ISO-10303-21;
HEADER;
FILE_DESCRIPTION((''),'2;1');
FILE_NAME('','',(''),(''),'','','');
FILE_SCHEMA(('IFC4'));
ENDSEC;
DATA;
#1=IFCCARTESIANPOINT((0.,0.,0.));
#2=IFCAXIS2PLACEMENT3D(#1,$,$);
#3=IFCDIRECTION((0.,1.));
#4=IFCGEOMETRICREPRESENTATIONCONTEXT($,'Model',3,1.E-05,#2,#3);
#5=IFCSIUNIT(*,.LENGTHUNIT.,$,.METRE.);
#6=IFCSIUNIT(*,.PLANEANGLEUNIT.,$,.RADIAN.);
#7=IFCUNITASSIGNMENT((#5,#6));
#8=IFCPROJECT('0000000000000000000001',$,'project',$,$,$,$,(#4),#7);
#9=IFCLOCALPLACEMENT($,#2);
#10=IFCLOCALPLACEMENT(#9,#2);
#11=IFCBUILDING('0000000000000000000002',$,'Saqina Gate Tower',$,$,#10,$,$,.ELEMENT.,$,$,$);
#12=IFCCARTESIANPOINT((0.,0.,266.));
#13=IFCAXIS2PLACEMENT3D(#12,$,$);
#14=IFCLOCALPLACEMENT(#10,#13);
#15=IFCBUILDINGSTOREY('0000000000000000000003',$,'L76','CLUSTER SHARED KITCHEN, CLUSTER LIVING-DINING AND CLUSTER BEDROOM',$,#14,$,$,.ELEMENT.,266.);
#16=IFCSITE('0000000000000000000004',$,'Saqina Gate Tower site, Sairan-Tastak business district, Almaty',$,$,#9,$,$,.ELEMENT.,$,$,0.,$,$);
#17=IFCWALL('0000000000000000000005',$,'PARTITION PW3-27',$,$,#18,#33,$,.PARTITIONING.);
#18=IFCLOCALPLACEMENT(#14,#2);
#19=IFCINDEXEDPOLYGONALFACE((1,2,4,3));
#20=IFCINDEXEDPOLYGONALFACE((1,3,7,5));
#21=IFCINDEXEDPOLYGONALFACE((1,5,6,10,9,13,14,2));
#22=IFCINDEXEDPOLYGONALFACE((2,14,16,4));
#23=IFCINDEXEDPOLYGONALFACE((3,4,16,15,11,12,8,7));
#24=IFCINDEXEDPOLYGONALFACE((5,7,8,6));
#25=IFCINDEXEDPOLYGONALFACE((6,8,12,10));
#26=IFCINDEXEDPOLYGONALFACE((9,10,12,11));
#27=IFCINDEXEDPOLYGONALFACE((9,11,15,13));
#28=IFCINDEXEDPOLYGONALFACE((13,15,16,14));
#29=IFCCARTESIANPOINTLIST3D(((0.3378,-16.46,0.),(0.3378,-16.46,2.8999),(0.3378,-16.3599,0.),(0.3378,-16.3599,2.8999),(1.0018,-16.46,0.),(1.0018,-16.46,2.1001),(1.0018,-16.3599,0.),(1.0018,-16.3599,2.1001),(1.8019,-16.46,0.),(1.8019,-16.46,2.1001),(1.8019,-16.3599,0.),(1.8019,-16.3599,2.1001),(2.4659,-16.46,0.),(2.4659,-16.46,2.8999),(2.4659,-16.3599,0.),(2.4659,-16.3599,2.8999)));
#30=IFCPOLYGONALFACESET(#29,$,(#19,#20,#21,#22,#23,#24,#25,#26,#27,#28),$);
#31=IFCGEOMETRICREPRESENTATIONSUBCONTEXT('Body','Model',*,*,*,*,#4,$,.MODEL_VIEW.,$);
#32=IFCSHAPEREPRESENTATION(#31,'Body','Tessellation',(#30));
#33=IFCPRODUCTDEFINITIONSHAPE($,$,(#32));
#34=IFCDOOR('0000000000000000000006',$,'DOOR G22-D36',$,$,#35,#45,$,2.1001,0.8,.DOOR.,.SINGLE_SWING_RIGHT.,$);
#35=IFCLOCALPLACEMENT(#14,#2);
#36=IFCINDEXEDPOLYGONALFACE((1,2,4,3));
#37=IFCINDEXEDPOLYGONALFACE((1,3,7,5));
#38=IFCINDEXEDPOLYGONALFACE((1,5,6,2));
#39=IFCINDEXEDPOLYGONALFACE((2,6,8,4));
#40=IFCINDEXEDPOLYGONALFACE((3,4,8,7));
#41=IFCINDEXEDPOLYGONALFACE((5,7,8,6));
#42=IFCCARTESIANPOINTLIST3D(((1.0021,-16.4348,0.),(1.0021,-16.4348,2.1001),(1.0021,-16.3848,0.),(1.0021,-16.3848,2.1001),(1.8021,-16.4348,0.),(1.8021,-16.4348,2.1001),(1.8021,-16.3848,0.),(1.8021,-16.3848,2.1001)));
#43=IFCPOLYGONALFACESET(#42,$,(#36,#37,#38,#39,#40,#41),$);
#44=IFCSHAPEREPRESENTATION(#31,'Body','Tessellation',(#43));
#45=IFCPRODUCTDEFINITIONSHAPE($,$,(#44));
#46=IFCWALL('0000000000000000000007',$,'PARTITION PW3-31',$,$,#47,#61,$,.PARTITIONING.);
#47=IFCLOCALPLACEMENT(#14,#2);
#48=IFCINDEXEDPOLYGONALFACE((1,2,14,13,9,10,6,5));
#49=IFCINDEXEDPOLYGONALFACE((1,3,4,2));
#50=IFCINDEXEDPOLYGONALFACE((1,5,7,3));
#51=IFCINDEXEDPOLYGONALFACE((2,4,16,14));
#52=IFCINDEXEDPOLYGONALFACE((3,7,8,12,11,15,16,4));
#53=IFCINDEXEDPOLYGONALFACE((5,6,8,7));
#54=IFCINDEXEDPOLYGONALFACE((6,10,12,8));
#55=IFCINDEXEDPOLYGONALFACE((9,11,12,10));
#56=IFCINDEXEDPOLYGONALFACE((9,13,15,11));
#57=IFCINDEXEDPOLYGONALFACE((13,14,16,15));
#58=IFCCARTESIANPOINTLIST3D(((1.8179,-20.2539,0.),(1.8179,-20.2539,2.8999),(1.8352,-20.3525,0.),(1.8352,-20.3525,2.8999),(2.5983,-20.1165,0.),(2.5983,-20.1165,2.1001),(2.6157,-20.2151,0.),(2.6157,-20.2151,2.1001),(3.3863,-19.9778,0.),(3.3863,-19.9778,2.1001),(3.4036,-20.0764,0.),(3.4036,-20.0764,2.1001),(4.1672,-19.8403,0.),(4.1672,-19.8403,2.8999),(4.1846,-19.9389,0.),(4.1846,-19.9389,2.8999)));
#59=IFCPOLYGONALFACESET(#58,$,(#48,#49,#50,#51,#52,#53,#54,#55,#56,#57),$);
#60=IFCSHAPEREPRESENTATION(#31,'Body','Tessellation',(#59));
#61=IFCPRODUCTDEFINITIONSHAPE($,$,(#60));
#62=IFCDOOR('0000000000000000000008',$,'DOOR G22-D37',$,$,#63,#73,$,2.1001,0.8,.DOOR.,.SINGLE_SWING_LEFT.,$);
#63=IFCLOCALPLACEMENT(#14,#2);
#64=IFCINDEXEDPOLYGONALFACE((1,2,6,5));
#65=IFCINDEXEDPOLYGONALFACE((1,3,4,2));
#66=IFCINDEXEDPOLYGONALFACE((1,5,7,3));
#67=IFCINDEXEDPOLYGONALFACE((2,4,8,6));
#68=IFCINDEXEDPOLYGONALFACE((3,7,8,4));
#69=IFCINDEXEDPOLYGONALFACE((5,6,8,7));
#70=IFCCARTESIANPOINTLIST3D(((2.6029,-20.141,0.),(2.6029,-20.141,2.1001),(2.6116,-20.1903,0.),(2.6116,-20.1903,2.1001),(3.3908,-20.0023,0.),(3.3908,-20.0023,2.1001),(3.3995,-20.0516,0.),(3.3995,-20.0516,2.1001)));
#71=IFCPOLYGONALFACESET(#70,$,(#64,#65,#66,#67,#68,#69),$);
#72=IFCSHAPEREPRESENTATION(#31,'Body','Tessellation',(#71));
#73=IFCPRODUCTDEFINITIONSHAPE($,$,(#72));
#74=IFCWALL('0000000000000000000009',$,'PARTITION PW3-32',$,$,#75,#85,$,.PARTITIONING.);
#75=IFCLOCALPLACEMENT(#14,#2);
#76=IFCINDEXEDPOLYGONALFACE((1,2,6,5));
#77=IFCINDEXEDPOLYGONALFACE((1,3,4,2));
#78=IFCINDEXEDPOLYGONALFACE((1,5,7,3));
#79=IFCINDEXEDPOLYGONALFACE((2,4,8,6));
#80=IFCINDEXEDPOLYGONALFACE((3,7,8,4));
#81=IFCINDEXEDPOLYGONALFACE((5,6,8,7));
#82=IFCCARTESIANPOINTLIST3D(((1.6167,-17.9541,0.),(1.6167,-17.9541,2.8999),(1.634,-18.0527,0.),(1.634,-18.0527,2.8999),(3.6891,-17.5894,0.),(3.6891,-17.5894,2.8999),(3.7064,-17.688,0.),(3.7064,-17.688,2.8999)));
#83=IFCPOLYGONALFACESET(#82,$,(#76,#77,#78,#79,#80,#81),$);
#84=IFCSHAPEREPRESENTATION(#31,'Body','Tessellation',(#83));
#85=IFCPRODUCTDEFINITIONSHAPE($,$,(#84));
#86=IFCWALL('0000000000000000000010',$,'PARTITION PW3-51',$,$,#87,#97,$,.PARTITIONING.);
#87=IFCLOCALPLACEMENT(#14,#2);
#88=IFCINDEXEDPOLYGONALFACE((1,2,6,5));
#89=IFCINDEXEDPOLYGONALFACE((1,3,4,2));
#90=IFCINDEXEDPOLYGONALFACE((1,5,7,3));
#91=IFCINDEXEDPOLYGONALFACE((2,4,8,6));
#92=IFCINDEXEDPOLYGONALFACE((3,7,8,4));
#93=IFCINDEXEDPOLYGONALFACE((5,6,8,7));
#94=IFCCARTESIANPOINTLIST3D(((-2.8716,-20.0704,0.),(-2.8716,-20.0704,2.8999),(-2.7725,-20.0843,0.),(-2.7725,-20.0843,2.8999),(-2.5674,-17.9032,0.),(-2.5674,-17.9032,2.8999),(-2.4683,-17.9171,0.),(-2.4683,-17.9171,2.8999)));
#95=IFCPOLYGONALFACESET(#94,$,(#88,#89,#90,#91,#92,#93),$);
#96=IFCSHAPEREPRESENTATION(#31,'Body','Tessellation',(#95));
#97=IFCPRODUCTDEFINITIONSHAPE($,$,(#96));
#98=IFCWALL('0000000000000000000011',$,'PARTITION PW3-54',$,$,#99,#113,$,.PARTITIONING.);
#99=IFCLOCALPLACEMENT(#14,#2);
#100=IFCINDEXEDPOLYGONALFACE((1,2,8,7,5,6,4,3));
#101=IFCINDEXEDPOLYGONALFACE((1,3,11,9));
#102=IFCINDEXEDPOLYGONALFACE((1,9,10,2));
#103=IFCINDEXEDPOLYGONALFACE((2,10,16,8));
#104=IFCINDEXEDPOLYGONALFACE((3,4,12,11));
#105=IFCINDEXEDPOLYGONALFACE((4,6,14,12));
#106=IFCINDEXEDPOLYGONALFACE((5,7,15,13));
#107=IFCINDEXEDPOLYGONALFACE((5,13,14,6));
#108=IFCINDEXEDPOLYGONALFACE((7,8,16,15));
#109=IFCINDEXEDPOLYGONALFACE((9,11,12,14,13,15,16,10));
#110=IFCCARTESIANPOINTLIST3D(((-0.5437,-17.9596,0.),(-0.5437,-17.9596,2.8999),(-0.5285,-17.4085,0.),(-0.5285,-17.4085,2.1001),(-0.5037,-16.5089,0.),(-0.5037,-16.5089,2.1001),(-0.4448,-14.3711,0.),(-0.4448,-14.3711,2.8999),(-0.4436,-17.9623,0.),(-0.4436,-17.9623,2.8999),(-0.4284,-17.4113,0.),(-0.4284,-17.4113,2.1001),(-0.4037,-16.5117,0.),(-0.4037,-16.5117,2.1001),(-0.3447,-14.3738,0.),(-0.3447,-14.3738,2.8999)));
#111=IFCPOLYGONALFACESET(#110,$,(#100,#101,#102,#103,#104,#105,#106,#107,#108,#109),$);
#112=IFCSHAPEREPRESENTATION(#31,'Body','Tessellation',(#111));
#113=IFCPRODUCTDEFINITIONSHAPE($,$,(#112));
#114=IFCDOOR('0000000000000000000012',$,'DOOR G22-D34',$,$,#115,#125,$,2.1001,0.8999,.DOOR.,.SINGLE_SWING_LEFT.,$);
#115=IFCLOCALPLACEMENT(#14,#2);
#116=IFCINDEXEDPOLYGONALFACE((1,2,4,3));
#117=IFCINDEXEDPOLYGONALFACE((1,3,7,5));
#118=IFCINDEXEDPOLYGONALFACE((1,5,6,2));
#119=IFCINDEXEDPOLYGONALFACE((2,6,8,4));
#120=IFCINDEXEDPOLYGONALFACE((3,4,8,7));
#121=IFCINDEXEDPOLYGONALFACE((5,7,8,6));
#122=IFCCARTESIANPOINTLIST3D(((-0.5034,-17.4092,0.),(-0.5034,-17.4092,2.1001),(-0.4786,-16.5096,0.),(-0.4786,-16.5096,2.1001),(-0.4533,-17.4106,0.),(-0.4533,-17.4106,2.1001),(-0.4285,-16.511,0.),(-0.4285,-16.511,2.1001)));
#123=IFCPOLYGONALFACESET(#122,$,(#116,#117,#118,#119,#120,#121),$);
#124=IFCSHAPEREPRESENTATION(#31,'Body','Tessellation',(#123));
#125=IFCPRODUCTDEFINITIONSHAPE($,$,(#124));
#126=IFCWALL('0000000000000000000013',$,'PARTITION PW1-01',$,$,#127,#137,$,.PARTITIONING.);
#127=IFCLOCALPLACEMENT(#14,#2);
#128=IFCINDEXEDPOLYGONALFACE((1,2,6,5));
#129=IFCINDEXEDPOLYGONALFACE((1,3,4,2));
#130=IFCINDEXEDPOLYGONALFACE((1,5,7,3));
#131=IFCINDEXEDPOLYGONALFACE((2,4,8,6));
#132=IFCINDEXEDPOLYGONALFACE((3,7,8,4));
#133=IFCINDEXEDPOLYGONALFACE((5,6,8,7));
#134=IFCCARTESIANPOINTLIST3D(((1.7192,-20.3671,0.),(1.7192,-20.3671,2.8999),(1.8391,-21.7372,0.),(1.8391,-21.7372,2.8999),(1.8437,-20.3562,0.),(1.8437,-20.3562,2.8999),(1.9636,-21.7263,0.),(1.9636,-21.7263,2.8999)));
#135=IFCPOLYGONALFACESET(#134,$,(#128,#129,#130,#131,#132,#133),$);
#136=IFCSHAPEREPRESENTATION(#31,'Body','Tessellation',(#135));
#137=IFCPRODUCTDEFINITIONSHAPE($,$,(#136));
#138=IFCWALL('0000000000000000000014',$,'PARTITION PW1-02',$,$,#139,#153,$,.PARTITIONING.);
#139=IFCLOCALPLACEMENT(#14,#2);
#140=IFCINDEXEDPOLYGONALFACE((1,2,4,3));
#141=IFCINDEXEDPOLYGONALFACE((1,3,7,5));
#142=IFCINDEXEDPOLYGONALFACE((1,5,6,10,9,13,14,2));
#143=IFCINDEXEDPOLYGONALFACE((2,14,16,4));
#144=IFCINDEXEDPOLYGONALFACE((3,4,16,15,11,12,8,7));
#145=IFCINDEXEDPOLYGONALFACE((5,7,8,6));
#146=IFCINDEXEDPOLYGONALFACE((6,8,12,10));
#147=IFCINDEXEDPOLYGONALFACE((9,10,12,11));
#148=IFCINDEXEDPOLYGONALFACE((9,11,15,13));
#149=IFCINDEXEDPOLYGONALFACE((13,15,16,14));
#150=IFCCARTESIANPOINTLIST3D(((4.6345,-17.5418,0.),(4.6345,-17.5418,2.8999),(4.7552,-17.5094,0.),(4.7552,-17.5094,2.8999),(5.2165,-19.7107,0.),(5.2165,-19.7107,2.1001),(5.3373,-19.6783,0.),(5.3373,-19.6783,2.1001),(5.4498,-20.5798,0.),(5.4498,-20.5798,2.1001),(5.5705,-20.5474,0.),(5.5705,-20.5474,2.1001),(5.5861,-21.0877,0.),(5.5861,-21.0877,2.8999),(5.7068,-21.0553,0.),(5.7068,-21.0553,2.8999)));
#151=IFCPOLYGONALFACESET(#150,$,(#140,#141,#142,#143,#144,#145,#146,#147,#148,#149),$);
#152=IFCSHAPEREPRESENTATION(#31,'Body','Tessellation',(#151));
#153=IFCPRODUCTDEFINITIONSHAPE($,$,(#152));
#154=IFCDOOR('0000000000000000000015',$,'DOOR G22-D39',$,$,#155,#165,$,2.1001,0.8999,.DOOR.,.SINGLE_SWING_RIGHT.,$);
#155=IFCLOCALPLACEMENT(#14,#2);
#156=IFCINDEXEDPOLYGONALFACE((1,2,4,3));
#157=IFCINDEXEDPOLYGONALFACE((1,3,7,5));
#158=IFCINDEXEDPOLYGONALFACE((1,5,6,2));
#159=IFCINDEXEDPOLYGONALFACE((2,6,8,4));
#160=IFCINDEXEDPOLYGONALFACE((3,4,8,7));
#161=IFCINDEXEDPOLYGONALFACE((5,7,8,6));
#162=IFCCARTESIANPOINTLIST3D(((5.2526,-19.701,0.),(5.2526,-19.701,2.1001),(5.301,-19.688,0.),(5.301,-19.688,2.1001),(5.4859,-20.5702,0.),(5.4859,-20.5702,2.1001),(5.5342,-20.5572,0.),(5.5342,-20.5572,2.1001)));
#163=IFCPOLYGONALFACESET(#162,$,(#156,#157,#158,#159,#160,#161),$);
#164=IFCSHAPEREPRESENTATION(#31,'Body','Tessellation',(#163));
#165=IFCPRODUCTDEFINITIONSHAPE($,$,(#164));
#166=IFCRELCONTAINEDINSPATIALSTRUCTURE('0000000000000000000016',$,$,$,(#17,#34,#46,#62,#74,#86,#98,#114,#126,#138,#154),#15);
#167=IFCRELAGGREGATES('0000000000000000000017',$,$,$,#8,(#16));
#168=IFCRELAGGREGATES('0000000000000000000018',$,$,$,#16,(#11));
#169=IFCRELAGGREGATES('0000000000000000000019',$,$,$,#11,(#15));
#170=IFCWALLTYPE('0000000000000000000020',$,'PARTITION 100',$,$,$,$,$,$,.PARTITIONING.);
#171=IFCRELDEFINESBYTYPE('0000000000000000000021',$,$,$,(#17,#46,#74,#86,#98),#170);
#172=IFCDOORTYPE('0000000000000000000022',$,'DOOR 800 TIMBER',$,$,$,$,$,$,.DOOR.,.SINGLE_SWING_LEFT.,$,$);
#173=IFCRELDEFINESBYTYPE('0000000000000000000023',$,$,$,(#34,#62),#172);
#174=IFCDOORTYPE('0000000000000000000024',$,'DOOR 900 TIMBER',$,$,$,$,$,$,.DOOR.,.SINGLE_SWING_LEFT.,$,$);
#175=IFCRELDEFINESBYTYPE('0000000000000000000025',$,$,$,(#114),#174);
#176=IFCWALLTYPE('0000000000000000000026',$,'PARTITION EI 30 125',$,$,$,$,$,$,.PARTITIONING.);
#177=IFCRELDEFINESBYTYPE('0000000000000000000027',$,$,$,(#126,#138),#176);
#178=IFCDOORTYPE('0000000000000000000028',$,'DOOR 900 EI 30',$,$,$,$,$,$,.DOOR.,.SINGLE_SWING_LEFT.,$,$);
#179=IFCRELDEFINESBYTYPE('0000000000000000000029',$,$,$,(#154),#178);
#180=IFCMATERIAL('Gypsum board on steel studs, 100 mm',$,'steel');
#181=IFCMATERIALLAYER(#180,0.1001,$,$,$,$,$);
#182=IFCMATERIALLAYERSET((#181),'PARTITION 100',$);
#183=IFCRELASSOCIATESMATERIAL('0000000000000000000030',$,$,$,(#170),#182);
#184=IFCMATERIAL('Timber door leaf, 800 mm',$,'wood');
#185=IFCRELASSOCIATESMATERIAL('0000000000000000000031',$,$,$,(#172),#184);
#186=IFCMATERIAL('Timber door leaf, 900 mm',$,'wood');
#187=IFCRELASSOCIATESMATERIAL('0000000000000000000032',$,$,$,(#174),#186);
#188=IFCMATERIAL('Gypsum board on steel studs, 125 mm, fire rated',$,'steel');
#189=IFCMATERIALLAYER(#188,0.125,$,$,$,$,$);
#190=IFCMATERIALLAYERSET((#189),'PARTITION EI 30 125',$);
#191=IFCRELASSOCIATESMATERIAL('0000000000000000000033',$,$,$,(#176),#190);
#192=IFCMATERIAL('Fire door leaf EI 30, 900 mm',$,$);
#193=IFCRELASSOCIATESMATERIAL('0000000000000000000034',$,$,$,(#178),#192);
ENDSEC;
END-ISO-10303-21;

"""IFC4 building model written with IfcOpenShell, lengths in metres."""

from ifc_helpers import new_model, si_unit, direction, frame, frame_2d, origin, place, context, subcontext, project, spatial, rectangle, extrude, material, layer, layer_set, type_object, element, fill, save


model = new_model("IFC4")

# Units and contexts
model_context = context("Model", 3, precision=1e-05, world=origin(), true_north=direction((0.0, 1.0)))
body_context = subcontext(model_context, "Body", "Model", "MODEL_VIEW")
ifc_project = project(units=[si_unit("LENGTHUNIT", "METRE"), si_unit("PLANEANGLEUNIT", "RADIAN")], contexts=[model_context])

# Site, building, storey
site_placement = place(None, origin())
site = spatial("IfcSite", under=ifc_project, at=site_placement, Name="Saqina Gate Tower site, Sairan-Tastak business district, Almaty", CompositionType="ELEMENT", RefElevation=0.0)
building_placement = place(site_placement, origin())
building = spatial("IfcBuilding", under=site, at=building_placement, Name="Saqina Gate Tower", CompositionType="ELEMENT")
storey_placement = place(building_placement, frame((0.0, 0.0, 266.0)))
storey = spatial("IfcBuildingStorey", under=building, at=storey_placement, Name="L76", Description="CLUSTER SHARED KITCHEN, CLUSTER LIVING-DINING AND CLUSTER BEDROOM", CompositionType="ELEMENT", Elevation=266.0)

# Shared definitions
ifc_material_1 = material(Name="Gypsum board on steel studs, 100 mm", Category="steel")
ifc_layer_1 = layer(ifc_material_1, 0.1001)
ifc_layer_set_1 = layer_set([ifc_layer_1], Name="PARTITION 100")
wall_type_1 = type_object("IfcWallType", Name="PARTITION 100", PredefinedType="PARTITIONING", material=ifc_layer_set_1)

# Walls, openings, doors
wall_1_placement = place(storey_placement, frame((0.3379, -16.4099, 0.0), z_axis=(0.0, 0.0, 1.0), x_axis=(1.0, 0.0, 0.0)))
wall_1 = element("IfcWall", 1, at=wall_1_placement, inside=storey, type_object=wall_type_1, Name="PARTITION PW3-27", PredefinedType="PARTITIONING", context=body_context, shape_type="SweptSolid", body=[
    extrude(rectangle(XDim=2.1282, YDim=0.1001, at=frame_2d((1.064, 0.0))), origin(), (0.0, 0.0, 1.0), 2.8999),
])
opening_1_placement = place(wall_1_placement, frame((0.6641, 0.0, 0.0)))
opening_1 = element("IfcOpeningElement", 2, at=opening_1_placement, cuts=wall_1, PredefinedType="OPENING", context=body_context, shape_type="SweptSolid", body=[
    extrude(rectangle(XDim=0.8, YDim=2.1001, at=frame_2d((0.3999, 1.05))), frame((0.0, 0.062, 0.0), z_axis=(0.0, -1.0, 0.0), x_axis=(1.0, 0.0, 0.0)), (0.0, 0.0, 1.0), 0.124),
])
ifc_material_2 = material(Name="Timber door leaf, 800 mm", Category="wood")
door_type_1 = type_object("IfcDoorType", Name="DOOR 800 TIMBER", OperationType="SINGLE_SWING_LEFT", PredefinedType="DOOR", material=ifc_material_2)
door_1_placement = place(opening_1_placement, frame((0.8, 0.0, 0.0), z_axis=(0.0, 0.0, 1.0), x_axis=(-1.0, 0.0, 0.0)))
door_1 = element("IfcDoor", 3, at=door_1_placement, inside=storey, type_object=door_type_1, Name="DOOR G22-D36", OperationType="SINGLE_SWING_RIGHT", OverallHeight=2.1001, OverallWidth=0.8, PredefinedType="DOOR", context=body_context, shape_type="SweptSolid", body=[
    extrude(rectangle(XDim=0.8, YDim=2.1001, at=frame_2d((0.3999, 1.05))), frame((0.0, 0.0249, 0.0), z_axis=(0.0, -1.0, 0.0), x_axis=(1.0, 0.0, 0.0)), (0.0, 0.0, 1.0), 0.05),
])
fill(opening_1, door_1)
wall_2_placement = place(storey_placement, frame((1.8264, -20.3032, 0.0), z_axis=(0.0, 0.0, 1.0), x_axis=(0.984857, 0.173371, 0.0)))
wall_2 = element("IfcWall", 4, at=wall_2_placement, inside=storey, type_object=wall_type_1, Name="PARTITION PW3-31", PredefinedType="PARTITIONING", context=body_context, shape_type="SweptSolid", body=[
    extrude(rectangle(XDim=2.3855, YDim=0.1001, at=frame_2d((1.1929, 0.0))), origin(), (0.0, 0.0, 1.0), 2.8999),
])
opening_2_placement = place(wall_2_placement, frame((0.7927, 0.0, 0.0)))
opening_2 = element("IfcOpeningElement", 5, at=opening_2_placement, cuts=wall_2, PredefinedType="OPENING", context=body_context, shape_type="SweptSolid", body=[
    extrude(rectangle(XDim=0.8, YDim=2.1001, at=frame_2d((0.3999, 1.05))), frame((0.0, 0.062, 0.0), z_axis=(0.0, -1.0, 0.0), x_axis=(1.0, 0.0, 0.0)), (0.0, 0.0, 1.0), 0.124),
])
door_2_placement = place(opening_2_placement, frame((0.8, 0.0, 0.0), z_axis=(0.0, 0.0, 1.0), x_axis=(-1.0, 0.0, 0.0)))
door_2 = element("IfcDoor", 6, at=door_2_placement, inside=storey, type_object=door_type_1, Name="DOOR G22-D37", OperationType="SINGLE_SWING_LEFT", OverallHeight=2.1001, OverallWidth=0.8, PredefinedType="DOOR", context=body_context, shape_type="SweptSolid", body=[
    extrude(rectangle(XDim=0.8, YDim=2.1001, at=frame_2d((0.3999, 1.05))), frame((0.0, 0.0249, 0.0), z_axis=(0.0, -1.0, 0.0), x_axis=(1.0, 0.0, 0.0)), (0.0, 0.0, 1.0), 0.05),
])
fill(opening_2, door_2)

# Walls
wall_3_placement = place(storey_placement, frame((1.6252, -18.0034, 0.0), z_axis=(0.0, 0.0, 1.0), x_axis=(0.984864, 0.173329, 0.0)))
element("IfcWall", 7, at=wall_3_placement, inside=storey, type_object=wall_type_1, Name="PARTITION PW3-32", PredefinedType="PARTITIONING", context=body_context, shape_type="SweptSolid", body=[
    extrude(rectangle(XDim=2.1042, YDim=0.1001, at=frame_2d((1.0522, 0.0))), origin(), (0.0, 0.0, 1.0), 2.8999),
])
wall_4_placement = place(storey_placement, frame((-2.822, -20.0774, 0.0), z_axis=(0.0, 0.0, 1.0), x_axis=(0.139, 0.990292, 0.0)))
element("IfcWall", 8, at=wall_4_placement, inside=storey, type_object=wall_type_1, Name="PARTITION PW3-51", PredefinedType="PARTITIONING", context=body_context, shape_type="SweptSolid", body=[
    extrude(rectangle(XDim=2.1885, YDim=0.1001, at=frame_2d((1.0942, 0.0))), origin(), (0.0, 0.0, 1.0), 2.8999),
])

# Wall, opening, door
wall_5_placement = place(storey_placement, frame((-0.4937, -17.9609, 0.0), z_axis=(0.0, 0.0, 1.0), x_axis=(0.027544, 0.999621, 0.0)))
wall_5 = element("IfcWall", 9, at=wall_5_placement, inside=storey, type_object=wall_type_1, Name="PARTITION PW3-54", PredefinedType="PARTITIONING", context=body_context, shape_type="SweptSolid", body=[
    extrude(rectangle(XDim=3.5898, YDim=0.1001, at=frame_2d((1.7949, 0.0))), origin(), (0.0, 0.0, 1.0), 2.8999),
])
opening_3_placement = place(wall_5_placement, frame((0.5513, 0.0, 0.0)))
opening_3 = element("IfcOpeningElement", 10, at=opening_3_placement, cuts=wall_5, PredefinedType="OPENING", context=body_context, shape_type="SweptSolid", body=[
    extrude(rectangle(XDim=0.8999, YDim=2.1001, at=frame_2d((0.45, 1.05))), frame((0.0, 0.062, 0.0), z_axis=(0.0, -1.0, 0.0), x_axis=(1.0, 0.0, 0.0)), (0.0, 0.0, 1.0), 0.124),
])
ifc_material_3 = material(Name="Timber door leaf, 900 mm", Category="wood")
door_type_2 = type_object("IfcDoorType", Name="DOOR 900 TIMBER", OperationType="SINGLE_SWING_LEFT", PredefinedType="DOOR", material=ifc_material_3)
door_3_placement = place(opening_3_placement, origin())
door_3 = element("IfcDoor", 11, at=door_3_placement, inside=storey, type_object=door_type_2, Name="DOOR G22-D34", OperationType="SINGLE_SWING_LEFT", OverallHeight=2.1001, OverallWidth=0.8999, PredefinedType="DOOR", context=body_context, shape_type="SweptSolid", body=[
    extrude(rectangle(XDim=0.8999, YDim=2.1001, at=frame_2d((0.45, 1.05))), frame((0.0, 0.0249, 0.0), z_axis=(0.0, -1.0, 0.0), x_axis=(1.0, 0.0, 0.0)), (0.0, 0.0, 1.0), 0.05),
])
fill(opening_3, door_3)

# Wall
ifc_material_4 = material(Name="Gypsum board on steel studs, 125 mm, fire rated", Category="steel")
ifc_layer_2 = layer(ifc_material_4, 0.125)
ifc_layer_set_2 = layer_set([ifc_layer_2], Name="PARTITION EI 30 125")
wall_type_2 = type_object("IfcWallType", Name="PARTITION EI 30 125", PredefinedType="PARTITIONING", material=ifc_layer_set_2)
wall_6_placement = place(storey_placement, frame((1.7815, -20.3618, 0.0), z_axis=(0.0, 0.0, 1.0), x_axis=(0.087158, -0.996194, 0.0)))
element("IfcWall", 12, at=wall_6_placement, inside=storey, type_object=wall_type_2, Name="PARTITION PW1-01", PredefinedType="PARTITIONING", context=body_context, shape_type="SweptSolid", body=[
    extrude(rectangle(XDim=1.3752, YDim=0.125, at=frame_2d((0.6875, 0.0))), origin(), (0.0, 0.0, 1.0), 2.8999),
])

# Wall, opening, door
wall_7_placement = place(storey_placement, frame((4.6948, -17.5256, 0.0), z_axis=(0.0, 0.0, 1.0), x_axis=(0.25921, -0.965821, 0.0)))
wall_7 = element("IfcWall", 13, at=wall_7_placement, inside=storey, type_object=wall_type_2, Name="PARTITION PW1-02", PredefinedType="PARTITIONING", context=body_context, shape_type="SweptSolid", body=[
    extrude(rectangle(XDim=3.6714, YDim=0.125, at=frame_2d((1.8357, 0.0))), origin(), (0.0, 0.0, 1.0), 2.8999),
])
opening_4_placement = place(wall_7_placement, frame((2.2456, 0.0, 0.0)))
opening_4 = element("IfcOpeningElement", 14, at=opening_4_placement, cuts=wall_7, PredefinedType="OPENING", context=body_context, shape_type="SweptSolid", body=[
    extrude(rectangle(XDim=0.8999, YDim=2.1001, at=frame_2d((0.45, 1.05))), frame((0.0, 0.0745, 0.0), z_axis=(0.0, -1.0, 0.0), x_axis=(1.0, 0.0, 0.0)), (0.0, 0.0, 1.0), 0.1489),
])
ifc_material_5 = material(Name="Fire door leaf EI 30, 900 mm")
door_type_3 = type_object("IfcDoorType", Name="DOOR 900 EI 30", OperationType="SINGLE_SWING_LEFT", PredefinedType="DOOR", material=ifc_material_5)
door_4_placement = place(opening_4_placement, origin())
door_4 = element("IfcDoor", 15, at=door_4_placement, inside=storey, type_object=door_type_3, Name="DOOR G22-D39", OperationType="SINGLE_SWING_RIGHT", OverallHeight=2.1001, OverallWidth=0.8999, PredefinedType="DOOR", context=body_context, shape_type="SweptSolid", body=[
    extrude(rectangle(XDim=0.8999, YDim=2.1001, at=frame_2d((0.45, 1.05))), frame((0.0, 0.0249, 0.0), z_axis=(0.0, -1.0, 0.0), x_axis=(1.0, 0.0, 0.0)), (0.0, 0.0, 1.0), 0.05),
])
fill(opening_4, door_4)

save(model, "model.ifc")
